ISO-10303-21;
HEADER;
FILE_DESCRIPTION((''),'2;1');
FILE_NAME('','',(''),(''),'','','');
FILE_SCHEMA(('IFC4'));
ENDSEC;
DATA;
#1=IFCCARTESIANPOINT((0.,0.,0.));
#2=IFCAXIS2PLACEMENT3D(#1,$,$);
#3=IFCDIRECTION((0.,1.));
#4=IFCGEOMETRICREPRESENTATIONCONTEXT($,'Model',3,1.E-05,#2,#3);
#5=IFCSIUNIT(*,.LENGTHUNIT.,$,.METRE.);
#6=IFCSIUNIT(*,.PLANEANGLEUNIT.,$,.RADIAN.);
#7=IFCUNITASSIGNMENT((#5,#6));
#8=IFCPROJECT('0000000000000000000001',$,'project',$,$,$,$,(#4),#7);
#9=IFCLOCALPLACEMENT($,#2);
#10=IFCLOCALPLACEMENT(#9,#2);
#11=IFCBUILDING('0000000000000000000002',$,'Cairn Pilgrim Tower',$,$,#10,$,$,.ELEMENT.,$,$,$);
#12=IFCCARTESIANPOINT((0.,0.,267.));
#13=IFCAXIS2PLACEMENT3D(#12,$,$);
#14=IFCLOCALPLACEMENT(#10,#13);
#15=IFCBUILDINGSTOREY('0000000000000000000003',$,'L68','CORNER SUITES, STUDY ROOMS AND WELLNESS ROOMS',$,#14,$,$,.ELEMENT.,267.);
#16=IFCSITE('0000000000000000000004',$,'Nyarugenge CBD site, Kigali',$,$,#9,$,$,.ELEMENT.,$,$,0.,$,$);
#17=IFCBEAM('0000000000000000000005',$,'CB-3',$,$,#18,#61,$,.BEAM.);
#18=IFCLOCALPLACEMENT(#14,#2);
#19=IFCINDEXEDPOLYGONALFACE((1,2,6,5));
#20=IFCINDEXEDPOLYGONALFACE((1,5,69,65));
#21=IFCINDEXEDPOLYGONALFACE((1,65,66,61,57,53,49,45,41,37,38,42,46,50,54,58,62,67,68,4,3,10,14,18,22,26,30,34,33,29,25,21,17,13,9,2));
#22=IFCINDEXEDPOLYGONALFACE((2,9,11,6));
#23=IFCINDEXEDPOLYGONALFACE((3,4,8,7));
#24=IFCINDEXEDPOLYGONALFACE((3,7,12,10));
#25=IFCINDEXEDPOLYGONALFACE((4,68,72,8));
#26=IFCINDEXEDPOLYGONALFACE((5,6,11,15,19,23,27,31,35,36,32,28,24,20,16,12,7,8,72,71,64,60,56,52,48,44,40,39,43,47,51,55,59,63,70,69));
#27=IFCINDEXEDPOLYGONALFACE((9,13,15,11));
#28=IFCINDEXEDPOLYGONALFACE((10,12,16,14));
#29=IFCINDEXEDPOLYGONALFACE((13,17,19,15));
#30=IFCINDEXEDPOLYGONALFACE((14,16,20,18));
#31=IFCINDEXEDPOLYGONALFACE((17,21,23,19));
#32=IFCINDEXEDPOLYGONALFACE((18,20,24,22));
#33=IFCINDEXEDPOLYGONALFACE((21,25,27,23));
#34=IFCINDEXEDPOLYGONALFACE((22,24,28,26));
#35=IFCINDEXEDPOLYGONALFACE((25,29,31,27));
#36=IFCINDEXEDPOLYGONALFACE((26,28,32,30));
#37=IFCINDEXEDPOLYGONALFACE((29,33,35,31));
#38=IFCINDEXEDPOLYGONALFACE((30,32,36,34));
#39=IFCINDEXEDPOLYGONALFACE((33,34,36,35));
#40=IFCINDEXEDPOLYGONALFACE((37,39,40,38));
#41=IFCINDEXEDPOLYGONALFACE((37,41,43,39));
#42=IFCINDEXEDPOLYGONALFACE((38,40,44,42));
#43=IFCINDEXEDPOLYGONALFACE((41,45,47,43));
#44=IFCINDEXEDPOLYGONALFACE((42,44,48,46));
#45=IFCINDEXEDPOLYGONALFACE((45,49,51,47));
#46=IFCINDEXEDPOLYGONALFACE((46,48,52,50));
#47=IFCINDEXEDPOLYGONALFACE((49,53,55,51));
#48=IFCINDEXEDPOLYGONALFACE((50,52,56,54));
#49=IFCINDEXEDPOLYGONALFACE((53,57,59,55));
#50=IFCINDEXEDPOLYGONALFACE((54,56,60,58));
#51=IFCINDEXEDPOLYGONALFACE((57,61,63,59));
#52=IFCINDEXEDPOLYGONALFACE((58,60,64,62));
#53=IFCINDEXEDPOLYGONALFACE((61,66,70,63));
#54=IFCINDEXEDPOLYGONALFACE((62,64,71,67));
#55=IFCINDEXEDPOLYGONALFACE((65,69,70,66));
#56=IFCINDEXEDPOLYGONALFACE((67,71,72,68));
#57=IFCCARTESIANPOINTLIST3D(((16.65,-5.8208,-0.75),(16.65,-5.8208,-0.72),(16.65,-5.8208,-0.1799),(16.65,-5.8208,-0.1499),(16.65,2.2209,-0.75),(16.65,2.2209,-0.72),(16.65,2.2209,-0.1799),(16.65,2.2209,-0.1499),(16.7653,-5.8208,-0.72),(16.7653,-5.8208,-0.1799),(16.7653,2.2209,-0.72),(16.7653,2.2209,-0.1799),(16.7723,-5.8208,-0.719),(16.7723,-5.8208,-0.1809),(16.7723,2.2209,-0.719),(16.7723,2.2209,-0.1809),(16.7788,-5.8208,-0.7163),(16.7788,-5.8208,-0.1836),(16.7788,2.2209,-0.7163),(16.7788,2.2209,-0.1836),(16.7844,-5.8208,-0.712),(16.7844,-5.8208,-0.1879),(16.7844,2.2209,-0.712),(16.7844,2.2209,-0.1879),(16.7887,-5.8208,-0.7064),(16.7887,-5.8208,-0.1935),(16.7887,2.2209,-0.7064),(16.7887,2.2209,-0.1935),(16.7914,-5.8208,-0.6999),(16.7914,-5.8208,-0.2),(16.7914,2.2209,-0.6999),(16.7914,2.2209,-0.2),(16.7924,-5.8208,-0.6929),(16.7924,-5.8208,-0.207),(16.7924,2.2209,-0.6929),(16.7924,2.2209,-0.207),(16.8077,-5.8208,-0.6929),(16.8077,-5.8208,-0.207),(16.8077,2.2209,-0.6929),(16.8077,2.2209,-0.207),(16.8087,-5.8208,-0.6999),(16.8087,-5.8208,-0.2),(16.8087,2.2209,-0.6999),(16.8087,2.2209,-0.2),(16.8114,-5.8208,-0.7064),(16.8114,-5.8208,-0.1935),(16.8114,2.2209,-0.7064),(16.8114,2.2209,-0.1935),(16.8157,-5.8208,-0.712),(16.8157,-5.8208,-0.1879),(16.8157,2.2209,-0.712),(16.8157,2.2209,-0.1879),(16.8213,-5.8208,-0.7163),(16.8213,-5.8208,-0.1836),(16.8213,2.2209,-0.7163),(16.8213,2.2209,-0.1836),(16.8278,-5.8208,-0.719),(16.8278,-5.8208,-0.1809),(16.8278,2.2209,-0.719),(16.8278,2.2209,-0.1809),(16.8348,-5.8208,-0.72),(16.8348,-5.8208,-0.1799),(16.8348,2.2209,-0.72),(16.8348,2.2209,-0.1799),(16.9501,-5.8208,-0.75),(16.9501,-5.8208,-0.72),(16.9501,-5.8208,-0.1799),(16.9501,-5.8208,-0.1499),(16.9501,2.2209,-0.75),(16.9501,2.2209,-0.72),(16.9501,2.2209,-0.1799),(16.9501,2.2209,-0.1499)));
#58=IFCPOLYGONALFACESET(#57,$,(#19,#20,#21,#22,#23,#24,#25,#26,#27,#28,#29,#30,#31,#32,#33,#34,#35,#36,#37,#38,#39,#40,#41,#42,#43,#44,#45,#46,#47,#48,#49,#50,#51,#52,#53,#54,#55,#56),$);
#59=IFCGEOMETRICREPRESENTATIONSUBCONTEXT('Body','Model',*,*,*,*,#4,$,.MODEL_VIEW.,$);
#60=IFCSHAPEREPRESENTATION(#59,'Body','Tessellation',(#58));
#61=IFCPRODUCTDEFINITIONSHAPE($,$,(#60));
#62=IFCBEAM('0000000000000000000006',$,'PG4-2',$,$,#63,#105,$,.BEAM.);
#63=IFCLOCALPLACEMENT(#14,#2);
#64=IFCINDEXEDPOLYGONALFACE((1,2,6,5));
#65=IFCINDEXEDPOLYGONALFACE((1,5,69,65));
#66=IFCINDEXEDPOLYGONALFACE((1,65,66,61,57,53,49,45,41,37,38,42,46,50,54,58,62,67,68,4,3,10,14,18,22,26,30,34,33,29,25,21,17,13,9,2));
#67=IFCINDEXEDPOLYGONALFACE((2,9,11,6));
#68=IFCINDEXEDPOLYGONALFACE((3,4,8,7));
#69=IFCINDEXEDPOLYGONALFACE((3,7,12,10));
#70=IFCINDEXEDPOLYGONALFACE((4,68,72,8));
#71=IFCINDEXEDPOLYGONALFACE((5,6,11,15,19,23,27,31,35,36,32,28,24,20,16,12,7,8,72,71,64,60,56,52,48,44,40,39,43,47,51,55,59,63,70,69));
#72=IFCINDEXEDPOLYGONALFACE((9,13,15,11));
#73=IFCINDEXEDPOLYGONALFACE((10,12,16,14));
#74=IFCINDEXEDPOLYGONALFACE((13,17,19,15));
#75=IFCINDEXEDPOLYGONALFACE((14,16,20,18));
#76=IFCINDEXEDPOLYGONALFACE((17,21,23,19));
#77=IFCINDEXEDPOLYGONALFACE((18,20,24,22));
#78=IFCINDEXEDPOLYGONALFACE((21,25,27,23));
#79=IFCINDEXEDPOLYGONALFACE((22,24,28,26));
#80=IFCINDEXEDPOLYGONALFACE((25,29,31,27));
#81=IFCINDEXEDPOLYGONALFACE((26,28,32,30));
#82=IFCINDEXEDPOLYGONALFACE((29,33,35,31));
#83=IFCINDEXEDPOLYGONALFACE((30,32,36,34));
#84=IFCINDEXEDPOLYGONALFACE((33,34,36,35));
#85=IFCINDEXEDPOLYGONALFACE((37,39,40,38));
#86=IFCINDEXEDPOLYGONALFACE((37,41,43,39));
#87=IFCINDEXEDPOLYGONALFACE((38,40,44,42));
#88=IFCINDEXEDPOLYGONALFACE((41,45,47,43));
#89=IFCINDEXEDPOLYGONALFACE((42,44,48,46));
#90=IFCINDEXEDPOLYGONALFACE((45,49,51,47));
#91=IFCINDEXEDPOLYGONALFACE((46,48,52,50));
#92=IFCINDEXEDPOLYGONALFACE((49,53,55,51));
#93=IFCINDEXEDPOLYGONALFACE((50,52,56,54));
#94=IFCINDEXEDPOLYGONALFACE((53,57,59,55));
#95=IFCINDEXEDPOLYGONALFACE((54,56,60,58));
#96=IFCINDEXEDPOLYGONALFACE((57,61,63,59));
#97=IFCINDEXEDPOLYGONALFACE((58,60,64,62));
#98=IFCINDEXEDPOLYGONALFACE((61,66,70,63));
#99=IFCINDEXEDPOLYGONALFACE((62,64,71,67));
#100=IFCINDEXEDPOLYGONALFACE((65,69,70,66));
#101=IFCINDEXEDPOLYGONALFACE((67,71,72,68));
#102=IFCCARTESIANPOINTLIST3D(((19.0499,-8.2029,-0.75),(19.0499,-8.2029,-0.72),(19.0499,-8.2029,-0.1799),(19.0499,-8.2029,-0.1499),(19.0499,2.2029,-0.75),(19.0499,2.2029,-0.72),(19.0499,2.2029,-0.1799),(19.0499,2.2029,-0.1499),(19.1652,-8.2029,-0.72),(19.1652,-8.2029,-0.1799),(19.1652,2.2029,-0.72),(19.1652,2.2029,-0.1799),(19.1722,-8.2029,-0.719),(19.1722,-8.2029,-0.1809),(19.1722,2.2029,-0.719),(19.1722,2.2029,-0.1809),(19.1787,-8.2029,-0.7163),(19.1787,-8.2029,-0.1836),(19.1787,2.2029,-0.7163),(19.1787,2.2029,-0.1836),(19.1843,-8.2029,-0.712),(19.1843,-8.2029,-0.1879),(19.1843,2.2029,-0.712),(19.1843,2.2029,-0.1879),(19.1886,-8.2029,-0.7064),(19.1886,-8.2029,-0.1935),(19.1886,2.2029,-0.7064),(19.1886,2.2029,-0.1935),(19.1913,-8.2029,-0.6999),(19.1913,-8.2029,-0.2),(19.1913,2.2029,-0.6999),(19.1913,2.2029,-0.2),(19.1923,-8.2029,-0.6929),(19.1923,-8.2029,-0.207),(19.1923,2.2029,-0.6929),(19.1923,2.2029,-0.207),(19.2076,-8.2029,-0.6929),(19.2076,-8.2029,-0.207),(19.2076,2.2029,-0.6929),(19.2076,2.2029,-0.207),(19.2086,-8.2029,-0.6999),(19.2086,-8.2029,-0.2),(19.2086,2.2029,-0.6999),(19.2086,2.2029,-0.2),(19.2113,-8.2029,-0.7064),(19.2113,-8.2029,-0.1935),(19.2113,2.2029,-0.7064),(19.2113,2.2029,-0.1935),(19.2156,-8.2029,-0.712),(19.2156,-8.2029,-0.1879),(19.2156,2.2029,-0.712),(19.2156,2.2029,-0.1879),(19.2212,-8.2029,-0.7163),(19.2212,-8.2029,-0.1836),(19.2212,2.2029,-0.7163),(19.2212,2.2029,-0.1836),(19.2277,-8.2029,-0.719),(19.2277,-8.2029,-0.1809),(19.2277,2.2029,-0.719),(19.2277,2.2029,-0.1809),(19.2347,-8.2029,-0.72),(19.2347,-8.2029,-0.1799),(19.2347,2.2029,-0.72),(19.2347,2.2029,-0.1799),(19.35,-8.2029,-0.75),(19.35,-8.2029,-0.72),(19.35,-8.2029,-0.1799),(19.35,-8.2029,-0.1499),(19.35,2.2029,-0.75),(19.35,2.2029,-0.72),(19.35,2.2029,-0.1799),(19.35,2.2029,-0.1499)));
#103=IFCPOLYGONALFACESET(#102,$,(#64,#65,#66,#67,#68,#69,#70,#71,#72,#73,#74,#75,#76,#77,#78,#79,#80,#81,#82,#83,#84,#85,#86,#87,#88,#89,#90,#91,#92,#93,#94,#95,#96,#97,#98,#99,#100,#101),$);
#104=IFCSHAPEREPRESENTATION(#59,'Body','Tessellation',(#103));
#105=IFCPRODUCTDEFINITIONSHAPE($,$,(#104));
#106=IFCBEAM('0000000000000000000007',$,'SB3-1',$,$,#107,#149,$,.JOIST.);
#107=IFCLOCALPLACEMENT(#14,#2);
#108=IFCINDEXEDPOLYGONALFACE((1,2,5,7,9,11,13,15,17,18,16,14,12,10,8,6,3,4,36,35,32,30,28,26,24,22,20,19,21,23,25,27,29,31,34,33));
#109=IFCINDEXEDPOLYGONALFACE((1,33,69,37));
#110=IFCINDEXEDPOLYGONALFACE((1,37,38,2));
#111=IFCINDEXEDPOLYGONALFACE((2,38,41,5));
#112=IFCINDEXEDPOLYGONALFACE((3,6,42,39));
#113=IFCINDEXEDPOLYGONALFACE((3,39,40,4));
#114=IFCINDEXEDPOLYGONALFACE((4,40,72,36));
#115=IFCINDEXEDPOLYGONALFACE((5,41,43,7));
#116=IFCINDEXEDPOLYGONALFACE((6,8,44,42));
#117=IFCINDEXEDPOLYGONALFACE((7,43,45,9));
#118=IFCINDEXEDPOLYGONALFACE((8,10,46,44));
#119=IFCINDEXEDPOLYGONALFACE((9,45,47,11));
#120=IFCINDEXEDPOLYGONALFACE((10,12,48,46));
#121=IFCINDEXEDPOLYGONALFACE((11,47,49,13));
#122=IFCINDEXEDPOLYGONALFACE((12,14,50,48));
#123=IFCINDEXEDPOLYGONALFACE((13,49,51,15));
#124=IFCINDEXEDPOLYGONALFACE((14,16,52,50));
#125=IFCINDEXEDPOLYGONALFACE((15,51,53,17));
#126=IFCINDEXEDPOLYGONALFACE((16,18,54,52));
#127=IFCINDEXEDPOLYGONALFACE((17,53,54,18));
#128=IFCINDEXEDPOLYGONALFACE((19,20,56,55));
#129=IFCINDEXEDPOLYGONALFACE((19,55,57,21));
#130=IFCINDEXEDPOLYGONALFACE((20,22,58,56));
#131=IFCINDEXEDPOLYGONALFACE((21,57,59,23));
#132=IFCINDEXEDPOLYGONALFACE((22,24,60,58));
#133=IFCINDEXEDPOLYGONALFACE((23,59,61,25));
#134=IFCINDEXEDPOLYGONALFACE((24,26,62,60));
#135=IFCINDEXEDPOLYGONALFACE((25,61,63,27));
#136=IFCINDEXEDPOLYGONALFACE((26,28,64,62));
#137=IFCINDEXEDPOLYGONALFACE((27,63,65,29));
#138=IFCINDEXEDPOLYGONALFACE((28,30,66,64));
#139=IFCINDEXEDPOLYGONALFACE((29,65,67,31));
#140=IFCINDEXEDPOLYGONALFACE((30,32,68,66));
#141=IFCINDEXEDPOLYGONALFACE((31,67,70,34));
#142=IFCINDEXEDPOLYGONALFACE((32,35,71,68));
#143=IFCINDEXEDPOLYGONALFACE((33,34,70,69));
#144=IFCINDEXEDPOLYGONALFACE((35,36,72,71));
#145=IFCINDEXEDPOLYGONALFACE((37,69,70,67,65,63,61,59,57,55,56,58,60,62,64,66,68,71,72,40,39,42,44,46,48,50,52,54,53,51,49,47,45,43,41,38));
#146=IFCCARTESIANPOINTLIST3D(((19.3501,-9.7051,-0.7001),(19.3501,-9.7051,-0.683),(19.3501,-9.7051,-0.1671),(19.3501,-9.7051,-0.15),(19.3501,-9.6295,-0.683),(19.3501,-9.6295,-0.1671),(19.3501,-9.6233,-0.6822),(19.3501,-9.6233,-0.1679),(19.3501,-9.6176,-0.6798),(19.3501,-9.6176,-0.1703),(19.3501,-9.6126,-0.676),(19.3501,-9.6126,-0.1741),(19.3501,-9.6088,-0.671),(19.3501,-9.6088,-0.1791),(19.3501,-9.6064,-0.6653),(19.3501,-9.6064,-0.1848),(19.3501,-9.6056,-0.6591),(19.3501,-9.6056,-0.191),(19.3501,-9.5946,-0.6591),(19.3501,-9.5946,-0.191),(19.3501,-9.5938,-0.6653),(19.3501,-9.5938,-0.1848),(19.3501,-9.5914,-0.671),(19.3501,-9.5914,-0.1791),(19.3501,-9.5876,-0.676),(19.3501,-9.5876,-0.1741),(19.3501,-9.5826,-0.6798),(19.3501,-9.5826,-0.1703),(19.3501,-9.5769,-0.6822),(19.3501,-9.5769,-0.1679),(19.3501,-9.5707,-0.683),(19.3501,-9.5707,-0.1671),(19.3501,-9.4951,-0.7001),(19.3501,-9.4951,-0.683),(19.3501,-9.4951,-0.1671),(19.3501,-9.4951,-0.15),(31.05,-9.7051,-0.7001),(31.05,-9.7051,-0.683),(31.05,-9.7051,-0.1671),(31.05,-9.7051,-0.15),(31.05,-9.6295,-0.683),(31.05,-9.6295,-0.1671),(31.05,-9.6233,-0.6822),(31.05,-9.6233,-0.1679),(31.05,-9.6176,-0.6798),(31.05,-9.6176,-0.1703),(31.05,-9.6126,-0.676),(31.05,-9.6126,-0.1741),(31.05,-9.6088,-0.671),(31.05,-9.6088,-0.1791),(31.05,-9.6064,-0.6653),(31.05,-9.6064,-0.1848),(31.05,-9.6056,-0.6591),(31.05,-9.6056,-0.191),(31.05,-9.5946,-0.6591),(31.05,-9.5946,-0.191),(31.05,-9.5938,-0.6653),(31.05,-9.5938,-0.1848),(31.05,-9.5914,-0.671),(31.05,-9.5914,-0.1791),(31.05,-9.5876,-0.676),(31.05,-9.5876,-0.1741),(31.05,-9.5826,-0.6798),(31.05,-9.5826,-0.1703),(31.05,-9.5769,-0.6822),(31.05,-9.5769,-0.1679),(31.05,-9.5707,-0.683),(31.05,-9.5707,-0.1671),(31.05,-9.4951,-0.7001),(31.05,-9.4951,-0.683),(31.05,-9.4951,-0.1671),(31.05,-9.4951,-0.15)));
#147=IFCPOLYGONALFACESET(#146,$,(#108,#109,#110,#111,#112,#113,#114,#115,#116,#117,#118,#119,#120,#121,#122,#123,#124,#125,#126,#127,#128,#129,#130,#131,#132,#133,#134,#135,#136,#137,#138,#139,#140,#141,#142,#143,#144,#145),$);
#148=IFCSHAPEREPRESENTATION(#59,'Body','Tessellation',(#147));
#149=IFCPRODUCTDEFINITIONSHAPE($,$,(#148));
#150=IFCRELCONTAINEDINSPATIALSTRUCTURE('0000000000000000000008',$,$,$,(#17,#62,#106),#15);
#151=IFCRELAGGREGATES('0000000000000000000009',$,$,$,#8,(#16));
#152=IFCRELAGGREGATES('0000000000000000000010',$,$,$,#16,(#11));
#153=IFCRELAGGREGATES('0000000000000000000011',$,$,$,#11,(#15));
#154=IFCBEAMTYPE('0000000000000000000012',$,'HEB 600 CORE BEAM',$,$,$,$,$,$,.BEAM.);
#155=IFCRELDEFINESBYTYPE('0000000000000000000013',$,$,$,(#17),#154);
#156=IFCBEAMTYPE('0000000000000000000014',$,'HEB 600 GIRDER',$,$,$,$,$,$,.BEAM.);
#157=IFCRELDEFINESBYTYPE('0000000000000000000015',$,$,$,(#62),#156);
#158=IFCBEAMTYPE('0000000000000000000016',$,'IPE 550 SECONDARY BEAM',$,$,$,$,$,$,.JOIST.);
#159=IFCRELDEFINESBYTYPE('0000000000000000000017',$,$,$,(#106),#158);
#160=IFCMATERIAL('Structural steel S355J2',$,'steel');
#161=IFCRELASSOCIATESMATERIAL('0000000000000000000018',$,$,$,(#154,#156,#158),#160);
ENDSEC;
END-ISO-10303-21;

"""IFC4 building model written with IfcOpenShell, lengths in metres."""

from ifc_helpers import new_model, si_unit, direction, frame, origin, origin_2d, place, context, subcontext, project, spatial, i_section, extrude, material, material_profile, profile_set, type_object, element, save


model = new_model("IFC4")

# Units and contexts
model_context = context("Model", 3, precision=1e-05, world=origin(), true_north=direction((0.0, 1.0)))
body_context = subcontext(model_context, "Body", "Model", "MODEL_VIEW")
ifc_project = project(units=[si_unit("LENGTHUNIT", "METRE"), si_unit("PLANEANGLEUNIT", "RADIAN")], contexts=[model_context])

# Site, building, storey
site_placement = place(None, origin())
site = spatial("IfcSite", under=ifc_project, at=site_placement, Name="Nyarugenge CBD site, Kigali", CompositionType="ELEMENT", RefElevation=0.0)
building_placement = place(site_placement, origin())
building = spatial("IfcBuilding", under=site, at=building_placement, Name="Cairn Pilgrim Tower", CompositionType="ELEMENT")
storey_placement = place(building_placement, frame((0.0, 0.0, 267.0)))
storey = spatial("IfcBuildingStorey", under=building, at=storey_placement, Name="L68", Description="CORNER SUITES, STUDY ROOMS AND WELLNESS ROOMS", CompositionType="ELEMENT", Elevation=267.0)

# Shared definitions
ifc_material_1 = material(Name="Structural steel S355J2", Category="steel")

# Beams
ifc_material_profile_1 = material_profile(ifc_material_1, i_section(OverallWidth=0.3, OverallDepth=0.6001, WebThickness=0.0154, FlangeThickness=0.03, FilletRadius=0.0271, at=origin_2d()), Name="HEB 600")
ifc_profile_set_1 = profile_set([ifc_material_profile_1], Name="Structural steel S355J2")
beam_type_1 = type_object("IfcBeamType", Name="HEB 600 CORE BEAM", PredefinedType="BEAM", material=ifc_profile_set_1)
beam_1_placement = place(storey_placement, frame((16.8, -5.8208, -0.45), z_axis=(0.0, 1.0, 0.0), x_axis=(-1.0, 0.0, 0.0)))
element("IfcBeam", 1, at=beam_1_placement, inside=storey, type_object=beam_type_1, Name="CB-3", PredefinedType="BEAM", context=body_context, shape_type="SweptSolid", body=[
    extrude(i_section(OverallWidth=0.3, OverallDepth=0.6001, WebThickness=0.0154, FlangeThickness=0.03, FilletRadius=0.0271, at=origin_2d()), origin(), (0.0, 0.0, 1.0), 8.0417),
])
ifc_material_profile_2 = material_profile(ifc_material_1, i_section(OverallWidth=0.3, OverallDepth=0.6001, WebThickness=0.0154, FlangeThickness=0.03, FilletRadius=0.0271, at=origin_2d()), Name="HEB 600")
ifc_profile_set_2 = profile_set([ifc_material_profile_2], Name="Structural steel S355J2")
beam_type_2 = type_object("IfcBeamType", Name="HEB 600 GIRDER", PredefinedType="BEAM", material=ifc_profile_set_2)
beam_2_placement = place(storey_placement, frame((19.2, -8.2029, -0.45), z_axis=(0.0, 1.0, 0.0), x_axis=(-1.0, 0.0, 0.0)))
element("IfcBeam", 2, at=beam_2_placement, inside=storey, type_object=beam_type_2, Name="PG4-2", PredefinedType="BEAM", context=body_context, shape_type="SweptSolid", body=[
    extrude(i_section(OverallWidth=0.3, OverallDepth=0.6001, WebThickness=0.0154, FlangeThickness=0.03, FilletRadius=0.0271, at=origin_2d()), origin(), (0.0, 0.0, 1.0), 10.4058),
])
ifc_material_profile_3 = material_profile(ifc_material_1, i_section(OverallWidth=0.21, OverallDepth=0.55, WebThickness=0.011, FlangeThickness=0.0171, FilletRadius=0.0239, at=origin_2d()), Name="IPE 550")
ifc_profile_set_3 = profile_set([ifc_material_profile_3], Name="Structural steel S355J2")
beam_type_3 = type_object("IfcBeamType", Name="IPE 550 SECONDARY BEAM", PredefinedType="JOIST", material=ifc_profile_set_3)
beam_3_placement = place(storey_placement, frame((19.3501, -9.6001, -0.425), z_axis=(1.0, 0.0, 0.0), x_axis=(0.0, 1.0, 0.0)))
element("IfcBeam", 3, at=beam_3_placement, inside=storey, type_object=beam_type_3, Name="SB3-1", PredefinedType="JOIST", context=body_context, shape_type="SweptSolid", body=[
    extrude(i_section(OverallWidth=0.21, OverallDepth=0.55, WebThickness=0.011, FlangeThickness=0.0171, FilletRadius=0.0239, at=origin_2d()), origin(), (0.0, 0.0, 1.0), 11.7),
])

save(model, "model.ifc")
